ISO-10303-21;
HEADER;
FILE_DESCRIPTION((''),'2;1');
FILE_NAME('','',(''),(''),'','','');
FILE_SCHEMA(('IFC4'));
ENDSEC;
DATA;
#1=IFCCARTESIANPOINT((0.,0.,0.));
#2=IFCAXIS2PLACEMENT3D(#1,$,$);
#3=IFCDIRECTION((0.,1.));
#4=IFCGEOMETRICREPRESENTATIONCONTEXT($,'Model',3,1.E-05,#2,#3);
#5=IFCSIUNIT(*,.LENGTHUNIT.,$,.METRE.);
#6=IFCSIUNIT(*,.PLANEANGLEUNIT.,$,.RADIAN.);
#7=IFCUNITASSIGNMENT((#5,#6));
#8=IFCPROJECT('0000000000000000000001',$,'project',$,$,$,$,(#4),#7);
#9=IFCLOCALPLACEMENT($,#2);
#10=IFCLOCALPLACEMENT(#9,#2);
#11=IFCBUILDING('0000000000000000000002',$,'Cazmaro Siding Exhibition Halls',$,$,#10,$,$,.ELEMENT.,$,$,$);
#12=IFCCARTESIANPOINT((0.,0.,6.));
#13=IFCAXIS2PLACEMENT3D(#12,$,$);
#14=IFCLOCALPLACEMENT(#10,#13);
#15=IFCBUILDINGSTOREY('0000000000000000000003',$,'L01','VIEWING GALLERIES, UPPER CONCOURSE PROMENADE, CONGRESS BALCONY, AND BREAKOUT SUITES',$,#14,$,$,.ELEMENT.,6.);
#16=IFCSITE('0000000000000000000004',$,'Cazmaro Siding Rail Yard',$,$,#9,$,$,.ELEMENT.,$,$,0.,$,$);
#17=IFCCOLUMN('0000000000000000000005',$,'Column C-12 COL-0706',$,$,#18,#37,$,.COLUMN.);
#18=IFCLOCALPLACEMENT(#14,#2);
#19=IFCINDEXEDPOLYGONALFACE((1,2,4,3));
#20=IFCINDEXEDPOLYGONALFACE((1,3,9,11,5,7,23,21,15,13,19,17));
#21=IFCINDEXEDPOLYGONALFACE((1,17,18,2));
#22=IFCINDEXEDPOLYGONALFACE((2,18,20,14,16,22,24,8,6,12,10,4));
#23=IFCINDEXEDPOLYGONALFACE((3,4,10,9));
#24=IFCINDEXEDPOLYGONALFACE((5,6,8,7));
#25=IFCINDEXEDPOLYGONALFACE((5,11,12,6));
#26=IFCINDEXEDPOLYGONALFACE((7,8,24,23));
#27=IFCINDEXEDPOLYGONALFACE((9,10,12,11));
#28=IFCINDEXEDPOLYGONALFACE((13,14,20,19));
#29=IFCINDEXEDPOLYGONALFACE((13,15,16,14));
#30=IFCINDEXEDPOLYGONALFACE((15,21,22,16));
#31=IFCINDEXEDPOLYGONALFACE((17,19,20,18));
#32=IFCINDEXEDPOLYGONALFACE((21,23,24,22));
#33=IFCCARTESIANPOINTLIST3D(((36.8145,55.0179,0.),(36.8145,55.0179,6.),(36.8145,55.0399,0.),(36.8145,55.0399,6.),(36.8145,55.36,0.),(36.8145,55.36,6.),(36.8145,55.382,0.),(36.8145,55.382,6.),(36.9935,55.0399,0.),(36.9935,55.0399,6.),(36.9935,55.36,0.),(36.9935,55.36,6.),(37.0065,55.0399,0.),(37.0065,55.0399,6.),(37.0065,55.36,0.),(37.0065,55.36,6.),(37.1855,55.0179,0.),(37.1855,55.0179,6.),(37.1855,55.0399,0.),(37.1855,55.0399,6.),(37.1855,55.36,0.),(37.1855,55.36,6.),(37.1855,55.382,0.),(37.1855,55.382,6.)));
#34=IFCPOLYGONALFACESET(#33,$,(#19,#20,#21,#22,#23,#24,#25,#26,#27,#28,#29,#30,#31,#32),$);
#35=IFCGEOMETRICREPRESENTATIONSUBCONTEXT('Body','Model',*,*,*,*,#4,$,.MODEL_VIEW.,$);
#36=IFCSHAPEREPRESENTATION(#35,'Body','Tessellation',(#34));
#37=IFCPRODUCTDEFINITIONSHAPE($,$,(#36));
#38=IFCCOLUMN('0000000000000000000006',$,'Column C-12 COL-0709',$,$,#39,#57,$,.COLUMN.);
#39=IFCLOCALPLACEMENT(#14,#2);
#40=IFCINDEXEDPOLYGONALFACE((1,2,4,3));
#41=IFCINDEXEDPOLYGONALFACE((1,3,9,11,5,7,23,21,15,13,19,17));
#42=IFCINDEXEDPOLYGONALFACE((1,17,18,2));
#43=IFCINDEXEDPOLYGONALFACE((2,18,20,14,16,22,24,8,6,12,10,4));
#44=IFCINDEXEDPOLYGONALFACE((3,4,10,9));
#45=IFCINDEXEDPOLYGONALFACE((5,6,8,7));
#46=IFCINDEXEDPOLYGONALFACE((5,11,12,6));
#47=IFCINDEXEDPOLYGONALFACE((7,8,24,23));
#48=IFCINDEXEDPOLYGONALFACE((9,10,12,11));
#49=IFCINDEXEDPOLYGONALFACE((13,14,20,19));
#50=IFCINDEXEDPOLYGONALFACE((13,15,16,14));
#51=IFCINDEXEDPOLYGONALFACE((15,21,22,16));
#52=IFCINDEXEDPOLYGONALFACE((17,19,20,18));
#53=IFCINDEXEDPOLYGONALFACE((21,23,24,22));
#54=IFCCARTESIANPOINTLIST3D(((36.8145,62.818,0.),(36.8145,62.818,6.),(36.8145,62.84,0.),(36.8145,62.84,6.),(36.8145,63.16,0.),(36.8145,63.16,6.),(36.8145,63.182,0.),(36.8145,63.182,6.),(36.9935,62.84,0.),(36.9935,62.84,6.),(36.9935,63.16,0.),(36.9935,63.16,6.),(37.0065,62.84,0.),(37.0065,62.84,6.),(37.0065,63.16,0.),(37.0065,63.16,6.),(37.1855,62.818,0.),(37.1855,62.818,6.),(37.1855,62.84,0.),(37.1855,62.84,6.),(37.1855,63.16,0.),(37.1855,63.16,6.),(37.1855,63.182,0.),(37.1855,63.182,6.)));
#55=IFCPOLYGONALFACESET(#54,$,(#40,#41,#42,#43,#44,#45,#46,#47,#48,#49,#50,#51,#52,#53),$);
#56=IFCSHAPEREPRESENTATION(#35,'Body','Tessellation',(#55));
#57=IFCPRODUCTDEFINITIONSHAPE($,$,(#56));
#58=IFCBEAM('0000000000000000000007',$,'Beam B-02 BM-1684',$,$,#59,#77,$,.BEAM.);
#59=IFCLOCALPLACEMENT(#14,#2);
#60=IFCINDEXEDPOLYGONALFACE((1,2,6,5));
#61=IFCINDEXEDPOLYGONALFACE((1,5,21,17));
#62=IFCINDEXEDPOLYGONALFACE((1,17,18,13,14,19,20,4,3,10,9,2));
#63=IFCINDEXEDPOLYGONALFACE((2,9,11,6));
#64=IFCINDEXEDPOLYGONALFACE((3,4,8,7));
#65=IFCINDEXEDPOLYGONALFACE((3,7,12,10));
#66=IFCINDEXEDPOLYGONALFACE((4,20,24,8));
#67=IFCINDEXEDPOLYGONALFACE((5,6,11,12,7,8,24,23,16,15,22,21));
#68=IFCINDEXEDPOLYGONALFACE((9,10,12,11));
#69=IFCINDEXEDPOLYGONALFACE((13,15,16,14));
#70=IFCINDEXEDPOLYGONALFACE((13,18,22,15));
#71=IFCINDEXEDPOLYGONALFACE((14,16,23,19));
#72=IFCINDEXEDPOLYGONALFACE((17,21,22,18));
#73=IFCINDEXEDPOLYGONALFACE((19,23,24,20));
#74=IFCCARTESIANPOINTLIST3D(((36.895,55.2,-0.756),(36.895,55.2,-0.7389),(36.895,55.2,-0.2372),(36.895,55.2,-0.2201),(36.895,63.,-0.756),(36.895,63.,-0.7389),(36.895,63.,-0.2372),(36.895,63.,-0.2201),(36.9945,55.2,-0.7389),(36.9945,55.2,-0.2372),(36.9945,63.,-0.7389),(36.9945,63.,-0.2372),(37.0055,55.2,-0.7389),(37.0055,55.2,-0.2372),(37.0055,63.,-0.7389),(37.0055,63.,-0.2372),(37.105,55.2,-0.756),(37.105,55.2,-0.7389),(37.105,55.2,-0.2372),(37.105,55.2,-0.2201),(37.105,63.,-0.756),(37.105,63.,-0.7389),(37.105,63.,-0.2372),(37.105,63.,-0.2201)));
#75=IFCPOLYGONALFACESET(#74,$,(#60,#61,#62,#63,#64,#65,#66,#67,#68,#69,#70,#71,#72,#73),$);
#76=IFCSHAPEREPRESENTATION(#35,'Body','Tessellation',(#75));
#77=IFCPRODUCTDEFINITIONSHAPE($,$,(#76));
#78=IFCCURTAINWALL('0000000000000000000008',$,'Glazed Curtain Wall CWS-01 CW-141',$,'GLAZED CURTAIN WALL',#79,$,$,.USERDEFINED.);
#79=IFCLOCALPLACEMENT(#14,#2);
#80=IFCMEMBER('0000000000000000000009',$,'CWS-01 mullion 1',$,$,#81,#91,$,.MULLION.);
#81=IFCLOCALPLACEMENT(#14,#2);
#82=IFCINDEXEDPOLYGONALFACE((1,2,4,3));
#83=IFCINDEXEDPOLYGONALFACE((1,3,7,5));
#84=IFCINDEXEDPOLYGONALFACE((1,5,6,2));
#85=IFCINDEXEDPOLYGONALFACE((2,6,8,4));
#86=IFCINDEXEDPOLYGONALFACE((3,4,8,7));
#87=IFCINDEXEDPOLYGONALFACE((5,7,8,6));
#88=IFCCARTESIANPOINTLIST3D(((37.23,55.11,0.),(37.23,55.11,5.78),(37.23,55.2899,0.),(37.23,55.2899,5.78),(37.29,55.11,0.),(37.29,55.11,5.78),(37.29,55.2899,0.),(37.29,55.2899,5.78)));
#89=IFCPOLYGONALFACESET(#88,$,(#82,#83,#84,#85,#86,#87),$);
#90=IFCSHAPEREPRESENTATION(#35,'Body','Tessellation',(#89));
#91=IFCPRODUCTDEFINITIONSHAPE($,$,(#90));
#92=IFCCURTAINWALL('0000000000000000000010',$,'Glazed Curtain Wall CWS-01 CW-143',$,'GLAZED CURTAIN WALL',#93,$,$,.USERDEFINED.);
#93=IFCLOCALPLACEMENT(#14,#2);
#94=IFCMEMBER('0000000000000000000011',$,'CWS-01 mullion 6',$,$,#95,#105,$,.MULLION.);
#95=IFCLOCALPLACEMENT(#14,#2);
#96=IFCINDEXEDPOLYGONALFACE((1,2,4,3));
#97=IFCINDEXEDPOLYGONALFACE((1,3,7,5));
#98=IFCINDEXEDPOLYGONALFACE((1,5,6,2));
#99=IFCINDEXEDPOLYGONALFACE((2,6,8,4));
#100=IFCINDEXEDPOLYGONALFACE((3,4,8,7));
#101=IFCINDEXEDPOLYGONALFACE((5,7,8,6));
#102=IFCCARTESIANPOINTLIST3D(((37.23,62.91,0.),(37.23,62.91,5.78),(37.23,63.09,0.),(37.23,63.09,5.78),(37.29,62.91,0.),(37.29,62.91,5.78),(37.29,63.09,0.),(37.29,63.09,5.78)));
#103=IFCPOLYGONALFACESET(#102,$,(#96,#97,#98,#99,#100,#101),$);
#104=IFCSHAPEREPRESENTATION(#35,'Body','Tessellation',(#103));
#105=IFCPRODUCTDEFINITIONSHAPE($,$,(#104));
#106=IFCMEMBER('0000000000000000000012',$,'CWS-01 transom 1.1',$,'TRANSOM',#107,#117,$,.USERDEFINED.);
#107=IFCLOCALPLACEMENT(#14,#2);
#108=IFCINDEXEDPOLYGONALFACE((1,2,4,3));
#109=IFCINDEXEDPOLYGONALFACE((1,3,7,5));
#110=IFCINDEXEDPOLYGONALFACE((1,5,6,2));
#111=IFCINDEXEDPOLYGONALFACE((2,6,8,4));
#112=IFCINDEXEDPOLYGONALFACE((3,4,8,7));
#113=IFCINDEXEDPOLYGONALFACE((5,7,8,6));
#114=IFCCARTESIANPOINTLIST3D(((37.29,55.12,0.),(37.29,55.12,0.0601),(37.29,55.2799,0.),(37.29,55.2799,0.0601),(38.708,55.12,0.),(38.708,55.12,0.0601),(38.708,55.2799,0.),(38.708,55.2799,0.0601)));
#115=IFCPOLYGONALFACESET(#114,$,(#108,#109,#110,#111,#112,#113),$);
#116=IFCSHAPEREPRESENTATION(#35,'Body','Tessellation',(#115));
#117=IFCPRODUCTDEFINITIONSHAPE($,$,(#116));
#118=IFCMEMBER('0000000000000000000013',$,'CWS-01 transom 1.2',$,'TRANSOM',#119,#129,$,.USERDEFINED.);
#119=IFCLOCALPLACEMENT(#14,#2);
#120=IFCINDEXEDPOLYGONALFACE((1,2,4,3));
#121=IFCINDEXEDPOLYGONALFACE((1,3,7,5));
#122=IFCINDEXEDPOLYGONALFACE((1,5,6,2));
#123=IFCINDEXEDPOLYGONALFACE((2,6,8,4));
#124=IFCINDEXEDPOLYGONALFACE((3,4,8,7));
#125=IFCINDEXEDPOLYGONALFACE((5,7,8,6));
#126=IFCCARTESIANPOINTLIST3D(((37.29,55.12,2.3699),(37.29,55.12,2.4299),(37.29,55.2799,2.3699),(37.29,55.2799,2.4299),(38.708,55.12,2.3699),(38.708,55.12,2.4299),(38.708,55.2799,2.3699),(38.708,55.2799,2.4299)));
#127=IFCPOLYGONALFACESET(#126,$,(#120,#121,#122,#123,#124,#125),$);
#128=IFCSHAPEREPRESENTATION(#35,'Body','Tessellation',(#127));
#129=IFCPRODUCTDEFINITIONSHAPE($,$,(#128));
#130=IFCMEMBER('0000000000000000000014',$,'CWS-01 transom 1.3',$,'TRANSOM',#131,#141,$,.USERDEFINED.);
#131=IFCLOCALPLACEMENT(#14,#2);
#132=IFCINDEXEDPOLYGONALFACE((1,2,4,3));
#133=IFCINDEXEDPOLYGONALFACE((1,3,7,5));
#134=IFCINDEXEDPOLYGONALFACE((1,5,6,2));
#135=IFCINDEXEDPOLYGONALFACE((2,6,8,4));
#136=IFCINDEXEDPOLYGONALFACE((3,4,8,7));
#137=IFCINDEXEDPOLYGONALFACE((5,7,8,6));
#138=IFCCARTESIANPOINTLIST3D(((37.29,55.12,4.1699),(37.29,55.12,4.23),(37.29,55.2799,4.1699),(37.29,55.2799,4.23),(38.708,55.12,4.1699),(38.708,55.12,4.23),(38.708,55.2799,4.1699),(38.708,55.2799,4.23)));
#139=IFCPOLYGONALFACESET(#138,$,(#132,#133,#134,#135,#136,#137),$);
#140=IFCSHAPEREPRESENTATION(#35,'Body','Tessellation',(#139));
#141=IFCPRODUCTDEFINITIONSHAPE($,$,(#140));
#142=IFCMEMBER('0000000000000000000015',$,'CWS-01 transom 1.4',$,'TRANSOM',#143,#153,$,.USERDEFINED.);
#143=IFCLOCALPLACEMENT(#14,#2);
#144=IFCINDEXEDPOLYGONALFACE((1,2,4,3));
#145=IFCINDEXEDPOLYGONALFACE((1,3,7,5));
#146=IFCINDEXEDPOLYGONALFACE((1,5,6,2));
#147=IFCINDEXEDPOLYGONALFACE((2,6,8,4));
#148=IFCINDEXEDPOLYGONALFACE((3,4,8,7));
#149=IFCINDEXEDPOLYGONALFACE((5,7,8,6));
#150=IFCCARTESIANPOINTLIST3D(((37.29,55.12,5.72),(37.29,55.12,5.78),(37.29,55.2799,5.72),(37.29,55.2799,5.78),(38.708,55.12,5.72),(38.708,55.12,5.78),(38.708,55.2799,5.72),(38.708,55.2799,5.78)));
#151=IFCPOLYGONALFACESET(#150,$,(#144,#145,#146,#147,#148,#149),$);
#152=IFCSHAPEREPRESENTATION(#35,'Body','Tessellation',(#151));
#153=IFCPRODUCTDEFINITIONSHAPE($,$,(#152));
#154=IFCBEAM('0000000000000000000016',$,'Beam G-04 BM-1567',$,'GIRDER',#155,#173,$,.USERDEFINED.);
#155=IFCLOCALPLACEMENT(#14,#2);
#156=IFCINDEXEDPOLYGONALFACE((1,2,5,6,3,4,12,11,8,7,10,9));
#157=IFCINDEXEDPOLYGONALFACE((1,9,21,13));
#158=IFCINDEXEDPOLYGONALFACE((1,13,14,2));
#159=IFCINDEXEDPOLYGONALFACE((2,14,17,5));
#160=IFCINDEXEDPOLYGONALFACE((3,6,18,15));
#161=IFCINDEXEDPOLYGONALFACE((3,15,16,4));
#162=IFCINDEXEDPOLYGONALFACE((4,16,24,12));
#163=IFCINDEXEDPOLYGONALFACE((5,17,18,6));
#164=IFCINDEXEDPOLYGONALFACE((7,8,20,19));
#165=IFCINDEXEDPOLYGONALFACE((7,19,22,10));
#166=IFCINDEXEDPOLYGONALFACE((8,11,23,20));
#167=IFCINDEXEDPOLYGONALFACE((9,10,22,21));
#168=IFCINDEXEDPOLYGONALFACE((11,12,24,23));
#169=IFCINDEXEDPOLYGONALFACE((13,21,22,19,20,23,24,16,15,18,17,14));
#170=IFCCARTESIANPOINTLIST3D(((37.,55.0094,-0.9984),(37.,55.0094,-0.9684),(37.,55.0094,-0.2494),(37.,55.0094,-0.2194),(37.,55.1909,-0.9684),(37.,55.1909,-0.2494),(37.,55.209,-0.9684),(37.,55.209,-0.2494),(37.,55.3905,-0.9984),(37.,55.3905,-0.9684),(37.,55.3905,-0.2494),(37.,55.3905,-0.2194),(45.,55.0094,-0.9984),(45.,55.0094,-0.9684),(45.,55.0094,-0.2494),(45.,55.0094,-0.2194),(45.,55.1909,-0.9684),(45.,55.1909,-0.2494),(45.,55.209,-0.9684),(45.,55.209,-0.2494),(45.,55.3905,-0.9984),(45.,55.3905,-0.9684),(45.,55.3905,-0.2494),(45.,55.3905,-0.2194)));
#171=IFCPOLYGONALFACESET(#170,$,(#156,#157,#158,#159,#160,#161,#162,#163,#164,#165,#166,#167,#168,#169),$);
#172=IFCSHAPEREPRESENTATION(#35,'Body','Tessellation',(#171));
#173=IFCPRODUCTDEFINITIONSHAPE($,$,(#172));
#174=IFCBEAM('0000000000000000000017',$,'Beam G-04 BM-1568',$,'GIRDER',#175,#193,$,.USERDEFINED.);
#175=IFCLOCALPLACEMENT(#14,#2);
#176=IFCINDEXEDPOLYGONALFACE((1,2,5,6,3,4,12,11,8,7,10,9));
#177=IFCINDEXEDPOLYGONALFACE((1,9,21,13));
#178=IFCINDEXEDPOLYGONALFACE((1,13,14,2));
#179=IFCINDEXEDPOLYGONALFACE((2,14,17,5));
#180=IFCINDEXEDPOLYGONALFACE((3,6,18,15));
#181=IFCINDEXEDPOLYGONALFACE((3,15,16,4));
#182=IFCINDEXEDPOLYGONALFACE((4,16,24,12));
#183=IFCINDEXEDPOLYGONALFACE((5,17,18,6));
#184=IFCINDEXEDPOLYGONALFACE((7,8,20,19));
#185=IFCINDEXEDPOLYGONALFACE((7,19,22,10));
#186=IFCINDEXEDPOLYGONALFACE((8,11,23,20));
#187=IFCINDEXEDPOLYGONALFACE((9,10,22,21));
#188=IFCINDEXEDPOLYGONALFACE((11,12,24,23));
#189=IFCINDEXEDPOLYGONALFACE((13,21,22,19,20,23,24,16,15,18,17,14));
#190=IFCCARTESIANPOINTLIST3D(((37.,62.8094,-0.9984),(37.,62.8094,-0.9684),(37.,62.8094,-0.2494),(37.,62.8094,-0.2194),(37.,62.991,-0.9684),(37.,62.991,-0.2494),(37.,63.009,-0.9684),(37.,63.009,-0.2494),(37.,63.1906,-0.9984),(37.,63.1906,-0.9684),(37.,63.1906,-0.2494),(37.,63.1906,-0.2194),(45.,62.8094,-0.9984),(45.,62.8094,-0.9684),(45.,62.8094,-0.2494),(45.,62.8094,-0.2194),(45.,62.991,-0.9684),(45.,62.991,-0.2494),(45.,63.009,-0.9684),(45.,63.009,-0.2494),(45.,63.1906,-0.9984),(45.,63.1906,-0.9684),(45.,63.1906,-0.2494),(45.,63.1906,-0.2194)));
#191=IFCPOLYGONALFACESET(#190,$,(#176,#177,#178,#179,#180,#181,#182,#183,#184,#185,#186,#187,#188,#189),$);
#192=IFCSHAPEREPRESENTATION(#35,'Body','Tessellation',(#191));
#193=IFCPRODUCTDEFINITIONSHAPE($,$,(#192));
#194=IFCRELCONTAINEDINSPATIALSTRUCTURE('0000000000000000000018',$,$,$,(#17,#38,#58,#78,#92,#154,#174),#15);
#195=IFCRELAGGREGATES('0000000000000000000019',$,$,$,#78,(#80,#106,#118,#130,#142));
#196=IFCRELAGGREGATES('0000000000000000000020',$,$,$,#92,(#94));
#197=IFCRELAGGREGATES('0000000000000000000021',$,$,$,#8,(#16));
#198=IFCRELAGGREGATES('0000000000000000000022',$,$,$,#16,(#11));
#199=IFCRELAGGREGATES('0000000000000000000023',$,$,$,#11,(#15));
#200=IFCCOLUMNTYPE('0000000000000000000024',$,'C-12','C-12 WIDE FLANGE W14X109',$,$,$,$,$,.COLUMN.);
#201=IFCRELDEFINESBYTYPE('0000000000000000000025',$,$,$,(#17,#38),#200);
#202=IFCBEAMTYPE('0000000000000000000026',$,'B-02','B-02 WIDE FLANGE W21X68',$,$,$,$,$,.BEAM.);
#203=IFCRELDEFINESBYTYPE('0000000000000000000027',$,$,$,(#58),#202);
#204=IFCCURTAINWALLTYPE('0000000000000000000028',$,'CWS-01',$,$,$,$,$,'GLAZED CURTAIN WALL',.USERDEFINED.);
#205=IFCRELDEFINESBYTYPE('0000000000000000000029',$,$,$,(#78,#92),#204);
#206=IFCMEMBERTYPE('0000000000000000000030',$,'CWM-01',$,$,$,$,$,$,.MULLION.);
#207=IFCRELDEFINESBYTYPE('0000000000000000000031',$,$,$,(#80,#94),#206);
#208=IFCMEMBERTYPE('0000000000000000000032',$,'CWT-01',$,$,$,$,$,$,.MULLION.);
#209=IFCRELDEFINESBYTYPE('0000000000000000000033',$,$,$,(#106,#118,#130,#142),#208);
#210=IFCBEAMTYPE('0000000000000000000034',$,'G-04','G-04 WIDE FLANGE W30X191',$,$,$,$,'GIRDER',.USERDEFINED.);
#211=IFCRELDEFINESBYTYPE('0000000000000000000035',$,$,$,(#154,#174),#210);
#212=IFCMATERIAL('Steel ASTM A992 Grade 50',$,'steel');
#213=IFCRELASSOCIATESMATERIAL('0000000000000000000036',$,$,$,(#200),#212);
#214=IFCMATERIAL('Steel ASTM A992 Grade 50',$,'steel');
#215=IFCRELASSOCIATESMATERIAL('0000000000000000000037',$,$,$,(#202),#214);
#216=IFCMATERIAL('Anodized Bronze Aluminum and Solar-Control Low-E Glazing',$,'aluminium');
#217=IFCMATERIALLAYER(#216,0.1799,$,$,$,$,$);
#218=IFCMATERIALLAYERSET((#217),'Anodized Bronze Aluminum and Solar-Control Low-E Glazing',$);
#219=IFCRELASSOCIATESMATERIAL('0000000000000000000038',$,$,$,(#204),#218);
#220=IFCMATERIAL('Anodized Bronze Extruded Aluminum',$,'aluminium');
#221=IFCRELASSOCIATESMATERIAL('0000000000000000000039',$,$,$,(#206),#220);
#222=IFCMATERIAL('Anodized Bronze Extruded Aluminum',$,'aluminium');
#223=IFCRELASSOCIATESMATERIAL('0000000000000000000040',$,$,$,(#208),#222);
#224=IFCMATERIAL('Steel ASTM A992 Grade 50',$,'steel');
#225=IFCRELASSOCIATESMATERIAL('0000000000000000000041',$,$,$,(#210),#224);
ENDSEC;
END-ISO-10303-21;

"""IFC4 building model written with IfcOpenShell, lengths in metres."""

from ifc_helpers import new_model, si_unit, direction, frame, origin, origin_2d, place, context, subcontext, project, spatial, rectangle, i_section, extrude, material, layer, layer_set, material_profile, profile_set, type_object, element, aggregate, save


model = new_model("IFC4")

# Units and contexts
model_context = context("Model", 3, precision=1e-05, world=origin(), true_north=direction((0.0, 1.0)))
body_context = subcontext(model_context, "Body", "Model", "MODEL_VIEW")
ifc_project = project(units=[si_unit("LENGTHUNIT", "METRE"), si_unit("PLANEANGLEUNIT", "RADIAN")], contexts=[model_context])

# Site, building, storey
site_placement = place(None, origin())
site = spatial("IfcSite", under=ifc_project, at=site_placement, Name="Cazmaro Siding Rail Yard", CompositionType="ELEMENT", RefElevation=0.0)
building_placement = place(site_placement, origin())
building = spatial("IfcBuilding", under=site, at=building_placement, Name="Cazmaro Siding Exhibition Halls", CompositionType="ELEMENT")
storey_placement = place(building_placement, frame((0.0, 0.0, 6.0)))
storey = spatial("IfcBuildingStorey", under=building, at=storey_placement, Name="L01", Description="VIEWING GALLERIES, UPPER CONCOURSE PROMENADE, CONGRESS BALCONY, AND BREAKOUT SUITES", CompositionType="ELEMENT", Elevation=6.0)

# Columns
ifc_material_1 = material(Name="Steel ASTM A992 Grade 50", Category="steel")
ifc_material_profile_1 = material_profile(ifc_material_1, i_section(OverallWidth=0.3711, OverallDepth=0.364, WebThickness=0.0129, FlangeThickness=0.022, at=origin_2d()), Name="W14X109")
ifc_profile_set_1 = profile_set([ifc_material_profile_1], Name="Steel ASTM A992 Grade 50")
column_type = type_object("IfcColumnType", Name="C-12", Description="C-12 WIDE FLANGE W14X109", PredefinedType="COLUMN", material=ifc_profile_set_1)
for number, where, z_axis, x_axis, name in (
    (1, (37.0, 55.2, 0.0), (0.0, 0.0, 1.0), (1.0, 0.0, 0.0), "Column C-12 COL-0706"),
    (2, (37.0, 63.0, 0.0), (0.0, 0.0, 1.0), (1.0, 0.0, 0.0), "Column C-12 COL-0709"),
):
    element("IfcColumn", number, at=place(storey_placement, frame(where, z_axis=z_axis, x_axis=x_axis)), inside=storey, type_object=column_type, Name=name, PredefinedType="COLUMN", context=body_context, shape_type="SweptSolid", body=[
        extrude(i_section(OverallWidth=0.3711, OverallDepth=0.364, WebThickness=0.0129, FlangeThickness=0.022, at=origin_2d()), origin(), (0.0, 0.0, 1.0), 6.0),
    ])

# Beam
ifc_material_2 = material(Name="Steel ASTM A992 Grade 50", Category="steel")
ifc_material_profile_2 = material_profile(ifc_material_2, i_section(OverallWidth=0.21, OverallDepth=0.5359, WebThickness=0.011, FlangeThickness=0.0171, at=origin_2d()), Name="W21X68")
ifc_profile_set_2 = profile_set([ifc_material_profile_2], Name="Steel ASTM A992 Grade 50")
beam_type_1 = type_object("IfcBeamType", Name="B-02", Description="B-02 WIDE FLANGE W21X68", PredefinedType="BEAM", material=ifc_profile_set_2)
beam_1_placement = place(storey_placement, frame((37.0, 55.2, -0.488), z_axis=(0.0, 1.0, 0.0), x_axis=(-1.0, 0.0, 0.0)))
element("IfcBeam", 3, at=beam_1_placement, inside=storey, type_object=beam_type_1, Name="Beam B-02 BM-1684", PredefinedType="BEAM", context=body_context, shape_type="SweptSolid", body=[
    extrude(i_section(OverallWidth=0.21, OverallDepth=0.5359, WebThickness=0.011, FlangeThickness=0.0171, at=origin_2d()), origin(), (0.0, 0.0, 1.0), 7.8),
])

# Curtain walls, members
ifc_material_3 = material(Name="Anodized Bronze Aluminum and Solar-Control Low-E Glazing", Category="aluminium")
ifc_layer_1 = layer(ifc_material_3, 0.1799)
ifc_layer_set_1 = layer_set([ifc_layer_1], Name="Anodized Bronze Aluminum and Solar-Control Low-E Glazing")
curtain_wall_type = type_object("IfcCurtainWallType", Name="CWS-01", ElementType="GLAZED CURTAIN WALL", PredefinedType="USERDEFINED", material=ifc_layer_set_1)
curtain_wall_1_placement = place(storey_placement, origin())
curtain_wall_1 = element("IfcCurtainWall", 4, at=curtain_wall_1_placement, inside=storey, type_object=curtain_wall_type, Name="Glazed Curtain Wall CWS-01 CW-141", ObjectType="GLAZED CURTAIN WALL", PredefinedType="USERDEFINED")
ifc_material_4 = material(Name="Anodized Bronze Extruded Aluminum", Category="aluminium")
ifc_material_profile_3 = material_profile(ifc_material_4, rectangle(XDim=0.1799, YDim=0.0601, at=origin_2d()), Name="CWM-01")
ifc_profile_set_3 = profile_set([ifc_material_profile_3], Name="Anodized Bronze Extruded Aluminum")
member_type_1 = type_object("IfcMemberType", Name="CWM-01", PredefinedType="MULLION", material=ifc_profile_set_3)
member_1_placement = place(storey_placement, frame((37.26, 55.2, 0.0), z_axis=(0.0, 0.0, 1.0), x_axis=(0.0, 1.0, 0.0)))
member_1 = element("IfcMember", 5, at=member_1_placement, type_object=member_type_1, Name="CWS-01 mullion 1", PredefinedType="MULLION", context=body_context, shape_type="SweptSolid", body=[
    extrude(rectangle(XDim=0.1799, YDim=0.0601, at=origin_2d()), origin(), (0.0, 0.0, 1.0), 5.78),
])
curtain_wall_2_placement = place(storey_placement, origin())
curtain_wall_2 = element("IfcCurtainWall", 6, at=curtain_wall_2_placement, inside=storey, type_object=curtain_wall_type, Name="Glazed Curtain Wall CWS-01 CW-143", ObjectType="GLAZED CURTAIN WALL", PredefinedType="USERDEFINED")
member_2_placement = place(storey_placement, frame((37.26, 63.0, 0.0), z_axis=(0.0, 0.0, 1.0), x_axis=(0.0, -1.0, 0.0)))
member_2 = element("IfcMember", 7, at=member_2_placement, type_object=member_type_1, Name="CWS-01 mullion 6", PredefinedType="MULLION", context=body_context, shape_type="SweptSolid", body=[
    extrude(rectangle(XDim=0.1799, YDim=0.0601, at=origin_2d()), origin(), (0.0, 0.0, 1.0), 5.78),
])

# Members
ifc_material_5 = material(Name="Anodized Bronze Extruded Aluminum", Category="aluminium")
ifc_material_profile_4 = material_profile(ifc_material_5, rectangle(XDim=0.1599, YDim=0.0601, at=origin_2d()), Name="CWT-01")
ifc_profile_set_4 = profile_set([ifc_material_profile_4], Name="Anodized Bronze Extruded Aluminum")
member_type_2 = type_object("IfcMemberType", Name="CWT-01", PredefinedType="MULLION", material=ifc_profile_set_4)
member_3_placement = place(storey_placement, frame((37.29, 55.2, 0.03), z_axis=(1.0, 0.0, 0.0), x_axis=(0.0, 1.0, 0.0)))
member_3 = element("IfcMember", 8, at=member_3_placement, type_object=member_type_2, Name="CWS-01 transom 1.1", ObjectType="TRANSOM", PredefinedType="USERDEFINED", context=body_context, shape_type="SweptSolid", body=[
    extrude(rectangle(XDim=0.1599, YDim=0.0601, at=origin_2d()), origin(), (0.0, 0.0, 1.0), 1.418),
])
member_4_placement = place(storey_placement, frame((37.29, 55.2, 2.3999), z_axis=(1.0, 0.0, 0.0), x_axis=(0.0, 1.0, 0.0)))
member_4 = element("IfcMember", 9, at=member_4_placement, type_object=member_type_2, Name="CWS-01 transom 1.2", ObjectType="TRANSOM", PredefinedType="USERDEFINED", context=body_context, shape_type="SweptSolid", body=[
    extrude(rectangle(XDim=0.1599, YDim=0.0601, at=origin_2d()), origin(), (0.0, 0.0, 1.0), 1.418),
])
member_5_placement = place(storey_placement, frame((37.29, 55.2, 4.2), z_axis=(1.0, 0.0, 0.0), x_axis=(0.0, 1.0, 0.0)))
member_5 = element("IfcMember", 10, at=member_5_placement, type_object=member_type_2, Name="CWS-01 transom 1.3", ObjectType="TRANSOM", PredefinedType="USERDEFINED", context=body_context, shape_type="SweptSolid", body=[
    extrude(rectangle(XDim=0.1599, YDim=0.0601, at=origin_2d()), origin(), (0.0, 0.0, 1.0), 1.418),
])
member_6_placement = place(storey_placement, frame((37.29, 55.2, 5.75), z_axis=(1.0, 0.0, 0.0), x_axis=(0.0, 1.0, 0.0)))
member_6 = element("IfcMember", 11, at=member_6_placement, type_object=member_type_2, Name="CWS-01 transom 1.4", ObjectType="TRANSOM", PredefinedType="USERDEFINED", context=body_context, shape_type="SweptSolid", body=[
    extrude(rectangle(XDim=0.1599, YDim=0.0601, at=origin_2d()), origin(), (0.0, 0.0, 1.0), 1.418),
])

# Beams
ifc_material_6 = material(Name="Steel ASTM A992 Grade 50", Category="steel")
ifc_material_profile_5 = material_profile(ifc_material_6, i_section(OverallWidth=0.3811, OverallDepth=0.7791, WebThickness=0.0181, FlangeThickness=0.03, at=origin_2d()), Name="W30X191")
ifc_profile_set_5 = profile_set([ifc_material_profile_5], Name="Steel ASTM A992 Grade 50")
beam_type_2 = type_object("IfcBeamType", Name="G-04", Description="G-04 WIDE FLANGE W30X191", ElementType="GIRDER", PredefinedType="USERDEFINED", material=ifc_profile_set_5)
for number, where, z_axis, x_axis, name in (
    (12, (37.0, 55.2, -0.6089), (1.0, 0.0, 0.0), (0.0, 1.0, 0.0), "Beam G-04 BM-1567"),
    (13, (37.0, 63.0, -0.6089), (1.0, 0.0, 0.0), (0.0, 1.0, 0.0), "Beam G-04 BM-1568"),
):
    element("IfcBeam", number, at=place(storey_placement, frame(where, z_axis=z_axis, x_axis=x_axis)), inside=storey, type_object=beam_type_2, Name=name, ObjectType="GIRDER", PredefinedType="USERDEFINED", context=body_context, shape_type="SweptSolid", body=[
        extrude(i_section(OverallWidth=0.3811, OverallDepth=0.7791, WebThickness=0.0181, FlangeThickness=0.03, at=origin_2d()), origin(), (0.0, 0.0, 1.0), 8.0),
    ])

aggregate(curtain_wall_1, [member_1, member_3, member_4, member_5, member_6])
aggregate(curtain_wall_2, [member_2])

save(model, "model.ifc")
